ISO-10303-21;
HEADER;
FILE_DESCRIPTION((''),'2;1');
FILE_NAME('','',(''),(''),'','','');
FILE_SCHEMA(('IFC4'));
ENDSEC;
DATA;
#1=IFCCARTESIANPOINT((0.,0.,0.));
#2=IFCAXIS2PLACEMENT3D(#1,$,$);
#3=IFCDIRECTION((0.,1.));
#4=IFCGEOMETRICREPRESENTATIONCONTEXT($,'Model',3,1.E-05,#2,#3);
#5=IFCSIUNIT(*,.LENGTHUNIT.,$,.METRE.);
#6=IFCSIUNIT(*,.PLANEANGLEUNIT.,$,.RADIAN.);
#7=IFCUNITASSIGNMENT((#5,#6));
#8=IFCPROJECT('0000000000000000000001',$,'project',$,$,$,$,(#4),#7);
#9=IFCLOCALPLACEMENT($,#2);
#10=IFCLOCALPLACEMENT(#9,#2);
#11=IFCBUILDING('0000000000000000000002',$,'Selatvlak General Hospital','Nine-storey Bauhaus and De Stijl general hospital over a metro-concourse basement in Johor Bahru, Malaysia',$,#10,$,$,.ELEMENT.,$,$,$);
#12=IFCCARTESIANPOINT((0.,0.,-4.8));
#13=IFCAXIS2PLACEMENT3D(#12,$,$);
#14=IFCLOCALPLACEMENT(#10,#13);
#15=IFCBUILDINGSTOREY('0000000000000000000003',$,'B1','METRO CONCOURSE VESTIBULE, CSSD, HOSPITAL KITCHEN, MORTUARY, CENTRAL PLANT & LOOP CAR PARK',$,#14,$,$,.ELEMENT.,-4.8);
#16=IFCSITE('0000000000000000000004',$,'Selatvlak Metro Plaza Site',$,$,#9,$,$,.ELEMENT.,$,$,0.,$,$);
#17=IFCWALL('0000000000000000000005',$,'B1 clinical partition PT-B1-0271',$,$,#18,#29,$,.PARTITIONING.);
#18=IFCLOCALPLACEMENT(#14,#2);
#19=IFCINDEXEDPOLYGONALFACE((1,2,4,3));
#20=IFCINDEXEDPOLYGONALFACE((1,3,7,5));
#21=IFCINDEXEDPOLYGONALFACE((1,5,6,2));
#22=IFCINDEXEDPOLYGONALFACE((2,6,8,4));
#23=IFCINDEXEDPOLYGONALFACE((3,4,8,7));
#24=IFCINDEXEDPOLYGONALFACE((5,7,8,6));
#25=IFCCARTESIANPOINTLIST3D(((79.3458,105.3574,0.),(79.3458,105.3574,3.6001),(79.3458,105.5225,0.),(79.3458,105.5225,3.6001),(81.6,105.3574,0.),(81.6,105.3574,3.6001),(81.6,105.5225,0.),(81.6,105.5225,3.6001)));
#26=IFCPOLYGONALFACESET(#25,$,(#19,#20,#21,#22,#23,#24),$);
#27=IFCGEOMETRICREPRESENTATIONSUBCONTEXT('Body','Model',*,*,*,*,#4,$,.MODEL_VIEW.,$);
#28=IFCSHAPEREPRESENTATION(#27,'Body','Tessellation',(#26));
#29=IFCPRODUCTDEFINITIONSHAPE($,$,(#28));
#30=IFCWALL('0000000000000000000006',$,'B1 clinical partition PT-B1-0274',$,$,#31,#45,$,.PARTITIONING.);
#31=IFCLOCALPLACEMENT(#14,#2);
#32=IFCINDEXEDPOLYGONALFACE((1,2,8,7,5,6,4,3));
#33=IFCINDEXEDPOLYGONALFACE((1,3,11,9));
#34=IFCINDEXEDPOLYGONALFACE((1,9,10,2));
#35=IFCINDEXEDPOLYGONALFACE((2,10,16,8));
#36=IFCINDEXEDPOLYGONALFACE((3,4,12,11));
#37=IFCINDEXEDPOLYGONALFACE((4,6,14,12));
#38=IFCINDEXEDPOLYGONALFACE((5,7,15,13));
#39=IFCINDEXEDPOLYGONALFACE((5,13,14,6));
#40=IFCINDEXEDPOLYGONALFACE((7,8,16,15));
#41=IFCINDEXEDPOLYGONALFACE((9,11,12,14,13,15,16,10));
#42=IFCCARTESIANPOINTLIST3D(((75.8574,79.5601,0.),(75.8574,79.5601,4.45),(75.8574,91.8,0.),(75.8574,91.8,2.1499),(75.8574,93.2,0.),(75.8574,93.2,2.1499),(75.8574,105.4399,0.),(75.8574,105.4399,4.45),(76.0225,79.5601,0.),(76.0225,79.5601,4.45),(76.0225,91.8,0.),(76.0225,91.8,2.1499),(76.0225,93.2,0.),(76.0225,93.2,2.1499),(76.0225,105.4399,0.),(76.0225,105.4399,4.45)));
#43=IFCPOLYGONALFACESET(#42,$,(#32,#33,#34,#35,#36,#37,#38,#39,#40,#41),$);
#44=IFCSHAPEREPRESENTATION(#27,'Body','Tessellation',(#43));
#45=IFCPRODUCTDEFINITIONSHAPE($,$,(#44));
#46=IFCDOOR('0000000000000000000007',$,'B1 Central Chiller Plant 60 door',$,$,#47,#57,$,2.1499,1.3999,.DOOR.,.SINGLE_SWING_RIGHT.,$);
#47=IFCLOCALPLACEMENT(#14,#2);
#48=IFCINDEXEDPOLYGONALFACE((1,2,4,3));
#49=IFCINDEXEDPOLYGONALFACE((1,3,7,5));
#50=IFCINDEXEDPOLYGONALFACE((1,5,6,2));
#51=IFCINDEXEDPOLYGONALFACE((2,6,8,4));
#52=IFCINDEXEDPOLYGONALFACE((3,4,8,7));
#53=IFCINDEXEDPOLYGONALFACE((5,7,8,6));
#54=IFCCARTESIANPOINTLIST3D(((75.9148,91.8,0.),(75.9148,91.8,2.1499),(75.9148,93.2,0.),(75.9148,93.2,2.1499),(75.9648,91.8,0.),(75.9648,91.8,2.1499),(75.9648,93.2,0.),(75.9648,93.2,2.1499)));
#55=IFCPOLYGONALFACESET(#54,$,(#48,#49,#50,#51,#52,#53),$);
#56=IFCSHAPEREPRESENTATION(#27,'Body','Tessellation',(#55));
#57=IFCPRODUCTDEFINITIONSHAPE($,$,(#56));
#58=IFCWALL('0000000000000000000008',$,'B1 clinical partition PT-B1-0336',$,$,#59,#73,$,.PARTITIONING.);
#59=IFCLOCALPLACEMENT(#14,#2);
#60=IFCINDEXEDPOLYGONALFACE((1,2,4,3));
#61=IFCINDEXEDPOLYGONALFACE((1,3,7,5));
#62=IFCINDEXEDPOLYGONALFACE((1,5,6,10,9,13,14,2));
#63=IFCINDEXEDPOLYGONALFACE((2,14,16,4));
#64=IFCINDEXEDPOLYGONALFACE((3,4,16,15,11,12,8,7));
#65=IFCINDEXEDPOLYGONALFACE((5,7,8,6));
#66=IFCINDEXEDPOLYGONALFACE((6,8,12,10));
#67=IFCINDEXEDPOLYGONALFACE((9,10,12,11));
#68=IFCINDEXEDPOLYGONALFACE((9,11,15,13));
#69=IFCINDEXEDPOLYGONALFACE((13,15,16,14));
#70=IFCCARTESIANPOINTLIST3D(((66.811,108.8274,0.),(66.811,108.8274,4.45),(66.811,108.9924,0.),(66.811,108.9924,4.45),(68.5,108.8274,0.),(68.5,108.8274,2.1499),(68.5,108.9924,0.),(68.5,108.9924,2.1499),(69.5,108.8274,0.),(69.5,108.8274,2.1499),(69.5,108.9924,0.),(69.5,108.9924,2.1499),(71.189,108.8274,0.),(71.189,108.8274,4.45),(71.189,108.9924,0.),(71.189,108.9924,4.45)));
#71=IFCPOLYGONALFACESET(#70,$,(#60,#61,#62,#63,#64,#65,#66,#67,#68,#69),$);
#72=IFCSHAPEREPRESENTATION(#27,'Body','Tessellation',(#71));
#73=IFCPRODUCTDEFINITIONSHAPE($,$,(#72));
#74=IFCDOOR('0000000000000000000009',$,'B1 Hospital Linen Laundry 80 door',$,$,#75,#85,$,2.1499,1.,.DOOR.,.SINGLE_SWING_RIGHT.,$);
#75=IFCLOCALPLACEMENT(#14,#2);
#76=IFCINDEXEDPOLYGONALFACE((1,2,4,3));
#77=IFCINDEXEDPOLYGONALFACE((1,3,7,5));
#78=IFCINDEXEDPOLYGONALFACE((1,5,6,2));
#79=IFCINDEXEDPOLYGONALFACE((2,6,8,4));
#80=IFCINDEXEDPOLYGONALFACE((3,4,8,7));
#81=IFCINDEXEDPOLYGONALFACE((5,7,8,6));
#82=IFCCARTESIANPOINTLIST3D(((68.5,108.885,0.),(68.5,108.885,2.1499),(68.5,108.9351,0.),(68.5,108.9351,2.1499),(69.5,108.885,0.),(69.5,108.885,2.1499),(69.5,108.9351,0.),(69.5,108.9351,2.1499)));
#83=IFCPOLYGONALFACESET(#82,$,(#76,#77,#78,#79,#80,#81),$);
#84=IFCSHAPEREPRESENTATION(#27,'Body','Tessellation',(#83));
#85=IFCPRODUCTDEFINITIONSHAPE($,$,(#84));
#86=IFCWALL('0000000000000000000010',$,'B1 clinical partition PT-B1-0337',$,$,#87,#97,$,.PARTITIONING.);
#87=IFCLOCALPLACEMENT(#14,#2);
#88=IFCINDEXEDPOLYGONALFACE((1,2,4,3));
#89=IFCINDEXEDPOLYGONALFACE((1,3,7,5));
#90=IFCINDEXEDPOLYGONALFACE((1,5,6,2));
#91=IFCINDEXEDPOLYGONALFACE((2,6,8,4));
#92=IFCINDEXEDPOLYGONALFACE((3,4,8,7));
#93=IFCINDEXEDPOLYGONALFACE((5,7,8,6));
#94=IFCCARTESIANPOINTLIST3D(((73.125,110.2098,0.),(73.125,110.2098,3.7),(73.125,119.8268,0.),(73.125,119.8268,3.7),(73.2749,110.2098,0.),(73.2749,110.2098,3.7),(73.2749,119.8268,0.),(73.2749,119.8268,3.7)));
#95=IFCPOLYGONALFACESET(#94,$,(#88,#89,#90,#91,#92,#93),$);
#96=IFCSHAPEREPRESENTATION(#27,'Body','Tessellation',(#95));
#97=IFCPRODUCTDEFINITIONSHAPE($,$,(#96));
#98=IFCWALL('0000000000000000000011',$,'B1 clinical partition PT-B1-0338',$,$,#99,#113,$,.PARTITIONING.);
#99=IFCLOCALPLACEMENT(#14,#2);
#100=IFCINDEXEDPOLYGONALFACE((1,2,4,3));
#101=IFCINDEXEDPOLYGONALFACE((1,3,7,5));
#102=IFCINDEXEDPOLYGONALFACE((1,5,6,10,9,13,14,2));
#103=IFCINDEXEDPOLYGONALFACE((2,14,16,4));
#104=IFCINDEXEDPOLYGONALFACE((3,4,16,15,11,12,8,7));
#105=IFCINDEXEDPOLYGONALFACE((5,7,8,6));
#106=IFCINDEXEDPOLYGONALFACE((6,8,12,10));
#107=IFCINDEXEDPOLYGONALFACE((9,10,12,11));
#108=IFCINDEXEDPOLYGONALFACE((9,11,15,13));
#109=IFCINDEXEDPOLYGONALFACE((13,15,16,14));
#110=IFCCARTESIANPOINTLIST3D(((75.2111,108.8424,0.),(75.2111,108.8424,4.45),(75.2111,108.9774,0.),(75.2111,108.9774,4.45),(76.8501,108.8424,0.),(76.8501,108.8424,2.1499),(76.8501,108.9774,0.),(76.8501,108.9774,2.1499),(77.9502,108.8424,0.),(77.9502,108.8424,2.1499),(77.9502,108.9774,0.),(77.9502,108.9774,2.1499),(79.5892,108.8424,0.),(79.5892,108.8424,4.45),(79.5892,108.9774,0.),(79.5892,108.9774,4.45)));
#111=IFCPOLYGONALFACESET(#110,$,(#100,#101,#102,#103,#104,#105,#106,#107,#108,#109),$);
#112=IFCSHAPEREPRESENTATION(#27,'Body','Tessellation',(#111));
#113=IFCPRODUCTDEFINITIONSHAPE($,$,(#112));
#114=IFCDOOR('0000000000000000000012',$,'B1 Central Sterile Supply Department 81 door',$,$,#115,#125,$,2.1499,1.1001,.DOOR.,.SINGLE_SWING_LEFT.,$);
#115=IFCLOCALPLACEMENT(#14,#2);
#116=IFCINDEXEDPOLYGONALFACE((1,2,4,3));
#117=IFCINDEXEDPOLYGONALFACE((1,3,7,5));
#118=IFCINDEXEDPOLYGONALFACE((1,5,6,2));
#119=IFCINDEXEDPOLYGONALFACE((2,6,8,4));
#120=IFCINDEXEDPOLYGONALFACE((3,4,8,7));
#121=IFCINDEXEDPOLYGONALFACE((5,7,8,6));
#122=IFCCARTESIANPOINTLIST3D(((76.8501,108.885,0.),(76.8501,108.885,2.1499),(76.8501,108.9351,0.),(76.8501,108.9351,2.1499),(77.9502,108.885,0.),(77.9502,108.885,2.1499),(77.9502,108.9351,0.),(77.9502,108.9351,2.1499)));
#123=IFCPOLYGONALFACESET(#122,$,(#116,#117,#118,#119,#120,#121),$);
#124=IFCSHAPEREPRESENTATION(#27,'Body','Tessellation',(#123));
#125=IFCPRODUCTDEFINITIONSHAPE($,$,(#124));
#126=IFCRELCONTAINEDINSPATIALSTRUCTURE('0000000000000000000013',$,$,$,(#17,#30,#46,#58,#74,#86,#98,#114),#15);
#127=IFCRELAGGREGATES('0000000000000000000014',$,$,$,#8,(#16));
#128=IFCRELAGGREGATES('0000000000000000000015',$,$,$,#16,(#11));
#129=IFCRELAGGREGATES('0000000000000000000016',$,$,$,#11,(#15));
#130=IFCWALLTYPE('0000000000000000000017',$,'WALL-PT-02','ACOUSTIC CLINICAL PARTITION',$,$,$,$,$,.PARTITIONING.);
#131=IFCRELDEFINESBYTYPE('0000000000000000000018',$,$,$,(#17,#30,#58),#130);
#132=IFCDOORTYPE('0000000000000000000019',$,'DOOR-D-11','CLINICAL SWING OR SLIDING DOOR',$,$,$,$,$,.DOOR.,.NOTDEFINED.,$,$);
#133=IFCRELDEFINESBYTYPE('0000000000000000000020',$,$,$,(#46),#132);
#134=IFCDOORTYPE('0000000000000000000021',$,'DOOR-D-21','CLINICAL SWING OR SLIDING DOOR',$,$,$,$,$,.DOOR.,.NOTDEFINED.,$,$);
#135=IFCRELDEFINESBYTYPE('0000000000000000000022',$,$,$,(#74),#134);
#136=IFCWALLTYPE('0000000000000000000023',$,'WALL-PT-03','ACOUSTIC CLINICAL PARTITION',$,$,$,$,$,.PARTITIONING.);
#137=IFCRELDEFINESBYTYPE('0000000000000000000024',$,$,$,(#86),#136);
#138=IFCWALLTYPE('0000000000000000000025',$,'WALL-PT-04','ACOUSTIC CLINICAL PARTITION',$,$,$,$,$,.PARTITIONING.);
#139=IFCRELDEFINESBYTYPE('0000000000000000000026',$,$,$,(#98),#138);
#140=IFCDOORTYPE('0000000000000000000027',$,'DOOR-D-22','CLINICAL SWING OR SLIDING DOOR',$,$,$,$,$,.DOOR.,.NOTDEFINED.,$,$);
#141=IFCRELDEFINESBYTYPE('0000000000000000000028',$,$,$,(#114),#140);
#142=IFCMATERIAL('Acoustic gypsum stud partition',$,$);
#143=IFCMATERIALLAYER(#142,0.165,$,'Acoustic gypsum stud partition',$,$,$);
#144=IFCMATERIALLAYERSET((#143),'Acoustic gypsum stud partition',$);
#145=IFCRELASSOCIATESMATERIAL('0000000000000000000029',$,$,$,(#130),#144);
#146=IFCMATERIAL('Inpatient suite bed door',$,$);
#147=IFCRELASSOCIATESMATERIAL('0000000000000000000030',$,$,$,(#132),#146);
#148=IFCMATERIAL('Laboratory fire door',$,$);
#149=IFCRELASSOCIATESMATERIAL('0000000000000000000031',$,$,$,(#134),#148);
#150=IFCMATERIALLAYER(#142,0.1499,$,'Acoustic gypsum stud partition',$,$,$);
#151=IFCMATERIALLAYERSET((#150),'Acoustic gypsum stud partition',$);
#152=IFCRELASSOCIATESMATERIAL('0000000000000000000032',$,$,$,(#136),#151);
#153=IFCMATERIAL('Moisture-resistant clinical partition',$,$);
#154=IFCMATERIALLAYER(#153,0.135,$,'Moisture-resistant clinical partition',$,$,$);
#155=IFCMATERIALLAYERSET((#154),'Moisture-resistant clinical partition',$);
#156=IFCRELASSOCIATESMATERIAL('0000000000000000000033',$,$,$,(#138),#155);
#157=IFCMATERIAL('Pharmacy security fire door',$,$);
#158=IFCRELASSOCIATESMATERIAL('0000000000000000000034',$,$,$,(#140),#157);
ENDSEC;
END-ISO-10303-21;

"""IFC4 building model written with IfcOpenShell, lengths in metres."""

from ifc_helpers import new_model, si_unit, direction, frame, frame_2d, origin, place, context, subcontext, project, spatial, rectangle, extrude, material, layer, layer_set, type_object, element, fill, save


model = new_model("IFC4")

# Units and contexts
model_context = context("Model", 3, precision=1e-05, world=origin(), true_north=direction((0.0, 1.0)))
body_context = subcontext(model_context, "Body", "Model", "MODEL_VIEW")
ifc_project = project(units=[si_unit("LENGTHUNIT", "METRE"), si_unit("PLANEANGLEUNIT", "RADIAN")], contexts=[model_context])

# Site, building, storey
site_placement = place(None, origin())
site = spatial("IfcSite", under=ifc_project, at=site_placement, Name="Selatvlak Metro Plaza Site", CompositionType="ELEMENT", RefElevation=0.0)
building_placement = place(site_placement, origin())
building = spatial("IfcBuilding", under=site, at=building_placement, Name="Selatvlak General Hospital", Description="Nine-storey Bauhaus and De Stijl general hospital over a metro-concourse basement in Johor Bahru, Malaysia", CompositionType="ELEMENT")
storey_placement = place(building_placement, frame((0.0, 0.0, -4.8)))
storey = spatial("IfcBuildingStorey", under=building, at=storey_placement, Name="B1", Description="METRO CONCOURSE VESTIBULE, CSSD, HOSPITAL KITCHEN, MORTUARY, CENTRAL PLANT & LOOP CAR PARK", CompositionType="ELEMENT", Elevation=-4.8)

# Wall
ifc_material_1 = material(Name="Acoustic gypsum stud partition")
ifc_layer_1 = layer(ifc_material_1, 0.165, Name="Acoustic gypsum stud partition")
ifc_layer_set_1 = layer_set([ifc_layer_1], Name="Acoustic gypsum stud partition")
wall_type_1 = type_object("IfcWallType", Name="WALL-PT-02", Description="ACOUSTIC CLINICAL PARTITION", PredefinedType="PARTITIONING", material=ifc_layer_set_1)
wall_1_placement = place(storey_placement, frame((79.3459, 105.4399, 0.0), z_axis=(0.0, 0.0, 1.0), x_axis=(1.0, 0.0, 0.0)))
element("IfcWall", 1, at=wall_1_placement, inside=storey, type_object=wall_type_1, Name="B1 clinical partition PT-B1-0271", PredefinedType="PARTITIONING", context=body_context, shape_type="SweptSolid", body=[
    extrude(rectangle(XDim=2.2542, YDim=0.165, at=frame_2d((1.127, 0.0))), origin(), (0.0, 0.0, 1.0), 3.6001),
])

# Walls, openings, doors
wall_2_placement = place(storey_placement, frame((75.9399, 105.4399, 0.0), z_axis=(0.0, 0.0, 1.0), x_axis=(0.0, -1.0, 0.0)))
wall_2 = element("IfcWall", 2, at=wall_2_placement, inside=storey, type_object=wall_type_1, Name="B1 clinical partition PT-B1-0274", PredefinedType="PARTITIONING", context=body_context, shape_type="SweptSolid", body=[
    extrude(rectangle(XDim=25.8799, YDim=0.165, at=frame_2d((12.9399, 0.0))), origin(), (0.0, 0.0, 1.0), 4.45),
])
opening_1_placement = place(wall_2_placement, frame((12.24, 0.0, 0.0)))
opening_1 = element("IfcOpeningElement", 3, at=opening_1_placement, cuts=wall_2, PredefinedType="OPENING", context=body_context, shape_type="SweptSolid", body=[
    extrude(rectangle(XDim=1.3999, YDim=2.1499, at=frame_2d((0.7, 1.075))), frame((0.0, 0.0925, 0.0), z_axis=(0.0, -1.0, 0.0), x_axis=(1.0, 0.0, 0.0)), (0.0, 0.0, 1.0), 0.1851),
])
ifc_material_2 = material(Name="Inpatient suite bed door")
door_type_1 = type_object("IfcDoorType", Name="DOOR-D-11", Description="CLINICAL SWING OR SLIDING DOOR", OperationType="NOTDEFINED", PredefinedType="DOOR", material=ifc_material_2)
door_1_placement = place(opening_1_placement, origin())
door_1 = element("IfcDoor", 4, at=door_1_placement, inside=storey, type_object=door_type_1, Name="B1 Central Chiller Plant 60 door", OperationType="SINGLE_SWING_RIGHT", OverallHeight=2.1499, OverallWidth=1.3999, PredefinedType="DOOR", context=body_context, shape_type="SweptSolid", body=[
    extrude(rectangle(XDim=1.3999, YDim=2.1499, at=frame_2d((0.7, 1.075))), frame((0.0, 0.0249, 0.0), z_axis=(0.0, -1.0, 0.0), x_axis=(1.0, 0.0, 0.0)), (0.0, 0.0, 1.0), 0.05),
])
fill(opening_1, door_1)
wall_3_placement = place(storey_placement, frame((71.189, 108.9099, 0.0), z_axis=(0.0, 0.0, 1.0), x_axis=(-1.0, 0.0, 0.0)))
wall_3 = element("IfcWall", 5, at=wall_3_placement, inside=storey, type_object=wall_type_1, Name="B1 clinical partition PT-B1-0336", PredefinedType="PARTITIONING", context=body_context, shape_type="SweptSolid", body=[
    extrude(rectangle(XDim=4.3779, YDim=0.165, at=frame_2d((2.189, 0.0))), origin(), (0.0, 0.0, 1.0), 4.45),
])
opening_2_placement = place(wall_3_placement, frame((1.689, 0.0, 0.0)))
opening_2 = element("IfcOpeningElement", 6, at=opening_2_placement, cuts=wall_3, PredefinedType="OPENING", context=body_context, shape_type="SweptSolid", body=[
    extrude(rectangle(XDim=1.0, YDim=2.1499, at=frame_2d((0.5, 1.075))), frame((0.0, 0.0925, 0.0), z_axis=(0.0, -1.0, 0.0), x_axis=(1.0, 0.0, 0.0)), (0.0, 0.0, 1.0), 0.1851),
])
ifc_material_3 = material(Name="Laboratory fire door")
door_type_2 = type_object("IfcDoorType", Name="DOOR-D-21", Description="CLINICAL SWING OR SLIDING DOOR", OperationType="NOTDEFINED", PredefinedType="DOOR", material=ifc_material_3)
door_2_placement = place(opening_2_placement, origin())
door_2 = element("IfcDoor", 7, at=door_2_placement, inside=storey, type_object=door_type_2, Name="B1 Hospital Linen Laundry 80 door", OperationType="SINGLE_SWING_RIGHT", OverallHeight=2.1499, OverallWidth=1.0, PredefinedType="DOOR", context=body_context, shape_type="SweptSolid", body=[
    extrude(rectangle(XDim=1.0, YDim=2.1499, at=frame_2d((0.5, 1.075))), frame((0.0, 0.0249, 0.0), z_axis=(0.0, -1.0, 0.0), x_axis=(1.0, 0.0, 0.0)), (0.0, 0.0, 1.0), 0.05),
])
fill(opening_2, door_2)

# Wall
ifc_layer_2 = layer(ifc_material_1, 0.1499, Name="Acoustic gypsum stud partition")
ifc_layer_set_2 = layer_set([ifc_layer_2], Name="Acoustic gypsum stud partition")
wall_type_2 = type_object("IfcWallType", Name="WALL-PT-03", Description="ACOUSTIC CLINICAL PARTITION", PredefinedType="PARTITIONING", material=ifc_layer_set_2)
wall_4_placement = place(storey_placement, frame((73.2, 119.8269, 0.0), z_axis=(0.0, 0.0, 1.0), x_axis=(0.0, -1.0, 0.0)))
element("IfcWall", 8, at=wall_4_placement, inside=storey, type_object=wall_type_2, Name="B1 clinical partition PT-B1-0337", PredefinedType="PARTITIONING", context=body_context, shape_type="SweptSolid", body=[
    extrude(rectangle(XDim=9.6169, YDim=0.1499, at=frame_2d((4.8086, 0.0))), origin(), (0.0, 0.0, 1.0), 3.7),
])

# Wall, opening, door
ifc_material_4 = material(Name="Moisture-resistant clinical partition")
ifc_layer_3 = layer(ifc_material_4, 0.135, Name="Moisture-resistant clinical partition")
ifc_layer_set_3 = layer_set([ifc_layer_3], Name="Moisture-resistant clinical partition")
wall_type_3 = type_object("IfcWallType", Name="WALL-PT-04", Description="ACOUSTIC CLINICAL PARTITION", PredefinedType="PARTITIONING", material=ifc_layer_set_3)
wall_5_placement = place(storey_placement, frame((79.5891, 108.9099, 0.0), z_axis=(0.0, 0.0, 1.0), x_axis=(-1.0, 0.0, 0.0)))
wall_5 = element("IfcWall", 9, at=wall_5_placement, inside=storey, type_object=wall_type_3, Name="B1 clinical partition PT-B1-0338", PredefinedType="PARTITIONING", context=body_context, shape_type="SweptSolid", body=[
    extrude(rectangle(XDim=4.3782, YDim=0.135, at=frame_2d((2.189, 0.0))), origin(), (0.0, 0.0, 1.0), 4.45),
])
opening_3_placement = place(wall_5_placement, frame((1.6389, 0.0, 0.0)))
opening_3 = element("IfcOpeningElement", 10, at=opening_3_placement, cuts=wall_5, PredefinedType="OPENING", context=body_context, shape_type="SweptSolid", body=[
    extrude(rectangle(XDim=1.1001, YDim=2.1499, at=frame_2d((0.55, 1.075))), frame((0.0, 0.0774, 0.0), z_axis=(0.0, -1.0, 0.0), x_axis=(1.0, 0.0, 0.0)), (0.0, 0.0, 1.0), 0.155),
])
ifc_material_5 = material(Name="Pharmacy security fire door")
door_type_3 = type_object("IfcDoorType", Name="DOOR-D-22", Description="CLINICAL SWING OR SLIDING DOOR", OperationType="NOTDEFINED", PredefinedType="DOOR", material=ifc_material_5)
door_3_placement = place(opening_3_placement, origin())
door_3 = element("IfcDoor", 11, at=door_3_placement, inside=storey, type_object=door_type_3, Name="B1 Central Sterile Supply Department 81 door", OperationType="SINGLE_SWING_LEFT", OverallHeight=2.1499, OverallWidth=1.1001, PredefinedType="DOOR", context=body_context, shape_type="SweptSolid", body=[
    extrude(rectangle(XDim=1.1001, YDim=2.1499, at=frame_2d((0.55, 1.075))), frame((0.0, 0.0249, 0.0), z_axis=(0.0, -1.0, 0.0), x_axis=(1.0, 0.0, 0.0)), (0.0, 0.0, 1.0), 0.05),
])
fill(opening_3, door_3)

save(model, "model.ifc")
